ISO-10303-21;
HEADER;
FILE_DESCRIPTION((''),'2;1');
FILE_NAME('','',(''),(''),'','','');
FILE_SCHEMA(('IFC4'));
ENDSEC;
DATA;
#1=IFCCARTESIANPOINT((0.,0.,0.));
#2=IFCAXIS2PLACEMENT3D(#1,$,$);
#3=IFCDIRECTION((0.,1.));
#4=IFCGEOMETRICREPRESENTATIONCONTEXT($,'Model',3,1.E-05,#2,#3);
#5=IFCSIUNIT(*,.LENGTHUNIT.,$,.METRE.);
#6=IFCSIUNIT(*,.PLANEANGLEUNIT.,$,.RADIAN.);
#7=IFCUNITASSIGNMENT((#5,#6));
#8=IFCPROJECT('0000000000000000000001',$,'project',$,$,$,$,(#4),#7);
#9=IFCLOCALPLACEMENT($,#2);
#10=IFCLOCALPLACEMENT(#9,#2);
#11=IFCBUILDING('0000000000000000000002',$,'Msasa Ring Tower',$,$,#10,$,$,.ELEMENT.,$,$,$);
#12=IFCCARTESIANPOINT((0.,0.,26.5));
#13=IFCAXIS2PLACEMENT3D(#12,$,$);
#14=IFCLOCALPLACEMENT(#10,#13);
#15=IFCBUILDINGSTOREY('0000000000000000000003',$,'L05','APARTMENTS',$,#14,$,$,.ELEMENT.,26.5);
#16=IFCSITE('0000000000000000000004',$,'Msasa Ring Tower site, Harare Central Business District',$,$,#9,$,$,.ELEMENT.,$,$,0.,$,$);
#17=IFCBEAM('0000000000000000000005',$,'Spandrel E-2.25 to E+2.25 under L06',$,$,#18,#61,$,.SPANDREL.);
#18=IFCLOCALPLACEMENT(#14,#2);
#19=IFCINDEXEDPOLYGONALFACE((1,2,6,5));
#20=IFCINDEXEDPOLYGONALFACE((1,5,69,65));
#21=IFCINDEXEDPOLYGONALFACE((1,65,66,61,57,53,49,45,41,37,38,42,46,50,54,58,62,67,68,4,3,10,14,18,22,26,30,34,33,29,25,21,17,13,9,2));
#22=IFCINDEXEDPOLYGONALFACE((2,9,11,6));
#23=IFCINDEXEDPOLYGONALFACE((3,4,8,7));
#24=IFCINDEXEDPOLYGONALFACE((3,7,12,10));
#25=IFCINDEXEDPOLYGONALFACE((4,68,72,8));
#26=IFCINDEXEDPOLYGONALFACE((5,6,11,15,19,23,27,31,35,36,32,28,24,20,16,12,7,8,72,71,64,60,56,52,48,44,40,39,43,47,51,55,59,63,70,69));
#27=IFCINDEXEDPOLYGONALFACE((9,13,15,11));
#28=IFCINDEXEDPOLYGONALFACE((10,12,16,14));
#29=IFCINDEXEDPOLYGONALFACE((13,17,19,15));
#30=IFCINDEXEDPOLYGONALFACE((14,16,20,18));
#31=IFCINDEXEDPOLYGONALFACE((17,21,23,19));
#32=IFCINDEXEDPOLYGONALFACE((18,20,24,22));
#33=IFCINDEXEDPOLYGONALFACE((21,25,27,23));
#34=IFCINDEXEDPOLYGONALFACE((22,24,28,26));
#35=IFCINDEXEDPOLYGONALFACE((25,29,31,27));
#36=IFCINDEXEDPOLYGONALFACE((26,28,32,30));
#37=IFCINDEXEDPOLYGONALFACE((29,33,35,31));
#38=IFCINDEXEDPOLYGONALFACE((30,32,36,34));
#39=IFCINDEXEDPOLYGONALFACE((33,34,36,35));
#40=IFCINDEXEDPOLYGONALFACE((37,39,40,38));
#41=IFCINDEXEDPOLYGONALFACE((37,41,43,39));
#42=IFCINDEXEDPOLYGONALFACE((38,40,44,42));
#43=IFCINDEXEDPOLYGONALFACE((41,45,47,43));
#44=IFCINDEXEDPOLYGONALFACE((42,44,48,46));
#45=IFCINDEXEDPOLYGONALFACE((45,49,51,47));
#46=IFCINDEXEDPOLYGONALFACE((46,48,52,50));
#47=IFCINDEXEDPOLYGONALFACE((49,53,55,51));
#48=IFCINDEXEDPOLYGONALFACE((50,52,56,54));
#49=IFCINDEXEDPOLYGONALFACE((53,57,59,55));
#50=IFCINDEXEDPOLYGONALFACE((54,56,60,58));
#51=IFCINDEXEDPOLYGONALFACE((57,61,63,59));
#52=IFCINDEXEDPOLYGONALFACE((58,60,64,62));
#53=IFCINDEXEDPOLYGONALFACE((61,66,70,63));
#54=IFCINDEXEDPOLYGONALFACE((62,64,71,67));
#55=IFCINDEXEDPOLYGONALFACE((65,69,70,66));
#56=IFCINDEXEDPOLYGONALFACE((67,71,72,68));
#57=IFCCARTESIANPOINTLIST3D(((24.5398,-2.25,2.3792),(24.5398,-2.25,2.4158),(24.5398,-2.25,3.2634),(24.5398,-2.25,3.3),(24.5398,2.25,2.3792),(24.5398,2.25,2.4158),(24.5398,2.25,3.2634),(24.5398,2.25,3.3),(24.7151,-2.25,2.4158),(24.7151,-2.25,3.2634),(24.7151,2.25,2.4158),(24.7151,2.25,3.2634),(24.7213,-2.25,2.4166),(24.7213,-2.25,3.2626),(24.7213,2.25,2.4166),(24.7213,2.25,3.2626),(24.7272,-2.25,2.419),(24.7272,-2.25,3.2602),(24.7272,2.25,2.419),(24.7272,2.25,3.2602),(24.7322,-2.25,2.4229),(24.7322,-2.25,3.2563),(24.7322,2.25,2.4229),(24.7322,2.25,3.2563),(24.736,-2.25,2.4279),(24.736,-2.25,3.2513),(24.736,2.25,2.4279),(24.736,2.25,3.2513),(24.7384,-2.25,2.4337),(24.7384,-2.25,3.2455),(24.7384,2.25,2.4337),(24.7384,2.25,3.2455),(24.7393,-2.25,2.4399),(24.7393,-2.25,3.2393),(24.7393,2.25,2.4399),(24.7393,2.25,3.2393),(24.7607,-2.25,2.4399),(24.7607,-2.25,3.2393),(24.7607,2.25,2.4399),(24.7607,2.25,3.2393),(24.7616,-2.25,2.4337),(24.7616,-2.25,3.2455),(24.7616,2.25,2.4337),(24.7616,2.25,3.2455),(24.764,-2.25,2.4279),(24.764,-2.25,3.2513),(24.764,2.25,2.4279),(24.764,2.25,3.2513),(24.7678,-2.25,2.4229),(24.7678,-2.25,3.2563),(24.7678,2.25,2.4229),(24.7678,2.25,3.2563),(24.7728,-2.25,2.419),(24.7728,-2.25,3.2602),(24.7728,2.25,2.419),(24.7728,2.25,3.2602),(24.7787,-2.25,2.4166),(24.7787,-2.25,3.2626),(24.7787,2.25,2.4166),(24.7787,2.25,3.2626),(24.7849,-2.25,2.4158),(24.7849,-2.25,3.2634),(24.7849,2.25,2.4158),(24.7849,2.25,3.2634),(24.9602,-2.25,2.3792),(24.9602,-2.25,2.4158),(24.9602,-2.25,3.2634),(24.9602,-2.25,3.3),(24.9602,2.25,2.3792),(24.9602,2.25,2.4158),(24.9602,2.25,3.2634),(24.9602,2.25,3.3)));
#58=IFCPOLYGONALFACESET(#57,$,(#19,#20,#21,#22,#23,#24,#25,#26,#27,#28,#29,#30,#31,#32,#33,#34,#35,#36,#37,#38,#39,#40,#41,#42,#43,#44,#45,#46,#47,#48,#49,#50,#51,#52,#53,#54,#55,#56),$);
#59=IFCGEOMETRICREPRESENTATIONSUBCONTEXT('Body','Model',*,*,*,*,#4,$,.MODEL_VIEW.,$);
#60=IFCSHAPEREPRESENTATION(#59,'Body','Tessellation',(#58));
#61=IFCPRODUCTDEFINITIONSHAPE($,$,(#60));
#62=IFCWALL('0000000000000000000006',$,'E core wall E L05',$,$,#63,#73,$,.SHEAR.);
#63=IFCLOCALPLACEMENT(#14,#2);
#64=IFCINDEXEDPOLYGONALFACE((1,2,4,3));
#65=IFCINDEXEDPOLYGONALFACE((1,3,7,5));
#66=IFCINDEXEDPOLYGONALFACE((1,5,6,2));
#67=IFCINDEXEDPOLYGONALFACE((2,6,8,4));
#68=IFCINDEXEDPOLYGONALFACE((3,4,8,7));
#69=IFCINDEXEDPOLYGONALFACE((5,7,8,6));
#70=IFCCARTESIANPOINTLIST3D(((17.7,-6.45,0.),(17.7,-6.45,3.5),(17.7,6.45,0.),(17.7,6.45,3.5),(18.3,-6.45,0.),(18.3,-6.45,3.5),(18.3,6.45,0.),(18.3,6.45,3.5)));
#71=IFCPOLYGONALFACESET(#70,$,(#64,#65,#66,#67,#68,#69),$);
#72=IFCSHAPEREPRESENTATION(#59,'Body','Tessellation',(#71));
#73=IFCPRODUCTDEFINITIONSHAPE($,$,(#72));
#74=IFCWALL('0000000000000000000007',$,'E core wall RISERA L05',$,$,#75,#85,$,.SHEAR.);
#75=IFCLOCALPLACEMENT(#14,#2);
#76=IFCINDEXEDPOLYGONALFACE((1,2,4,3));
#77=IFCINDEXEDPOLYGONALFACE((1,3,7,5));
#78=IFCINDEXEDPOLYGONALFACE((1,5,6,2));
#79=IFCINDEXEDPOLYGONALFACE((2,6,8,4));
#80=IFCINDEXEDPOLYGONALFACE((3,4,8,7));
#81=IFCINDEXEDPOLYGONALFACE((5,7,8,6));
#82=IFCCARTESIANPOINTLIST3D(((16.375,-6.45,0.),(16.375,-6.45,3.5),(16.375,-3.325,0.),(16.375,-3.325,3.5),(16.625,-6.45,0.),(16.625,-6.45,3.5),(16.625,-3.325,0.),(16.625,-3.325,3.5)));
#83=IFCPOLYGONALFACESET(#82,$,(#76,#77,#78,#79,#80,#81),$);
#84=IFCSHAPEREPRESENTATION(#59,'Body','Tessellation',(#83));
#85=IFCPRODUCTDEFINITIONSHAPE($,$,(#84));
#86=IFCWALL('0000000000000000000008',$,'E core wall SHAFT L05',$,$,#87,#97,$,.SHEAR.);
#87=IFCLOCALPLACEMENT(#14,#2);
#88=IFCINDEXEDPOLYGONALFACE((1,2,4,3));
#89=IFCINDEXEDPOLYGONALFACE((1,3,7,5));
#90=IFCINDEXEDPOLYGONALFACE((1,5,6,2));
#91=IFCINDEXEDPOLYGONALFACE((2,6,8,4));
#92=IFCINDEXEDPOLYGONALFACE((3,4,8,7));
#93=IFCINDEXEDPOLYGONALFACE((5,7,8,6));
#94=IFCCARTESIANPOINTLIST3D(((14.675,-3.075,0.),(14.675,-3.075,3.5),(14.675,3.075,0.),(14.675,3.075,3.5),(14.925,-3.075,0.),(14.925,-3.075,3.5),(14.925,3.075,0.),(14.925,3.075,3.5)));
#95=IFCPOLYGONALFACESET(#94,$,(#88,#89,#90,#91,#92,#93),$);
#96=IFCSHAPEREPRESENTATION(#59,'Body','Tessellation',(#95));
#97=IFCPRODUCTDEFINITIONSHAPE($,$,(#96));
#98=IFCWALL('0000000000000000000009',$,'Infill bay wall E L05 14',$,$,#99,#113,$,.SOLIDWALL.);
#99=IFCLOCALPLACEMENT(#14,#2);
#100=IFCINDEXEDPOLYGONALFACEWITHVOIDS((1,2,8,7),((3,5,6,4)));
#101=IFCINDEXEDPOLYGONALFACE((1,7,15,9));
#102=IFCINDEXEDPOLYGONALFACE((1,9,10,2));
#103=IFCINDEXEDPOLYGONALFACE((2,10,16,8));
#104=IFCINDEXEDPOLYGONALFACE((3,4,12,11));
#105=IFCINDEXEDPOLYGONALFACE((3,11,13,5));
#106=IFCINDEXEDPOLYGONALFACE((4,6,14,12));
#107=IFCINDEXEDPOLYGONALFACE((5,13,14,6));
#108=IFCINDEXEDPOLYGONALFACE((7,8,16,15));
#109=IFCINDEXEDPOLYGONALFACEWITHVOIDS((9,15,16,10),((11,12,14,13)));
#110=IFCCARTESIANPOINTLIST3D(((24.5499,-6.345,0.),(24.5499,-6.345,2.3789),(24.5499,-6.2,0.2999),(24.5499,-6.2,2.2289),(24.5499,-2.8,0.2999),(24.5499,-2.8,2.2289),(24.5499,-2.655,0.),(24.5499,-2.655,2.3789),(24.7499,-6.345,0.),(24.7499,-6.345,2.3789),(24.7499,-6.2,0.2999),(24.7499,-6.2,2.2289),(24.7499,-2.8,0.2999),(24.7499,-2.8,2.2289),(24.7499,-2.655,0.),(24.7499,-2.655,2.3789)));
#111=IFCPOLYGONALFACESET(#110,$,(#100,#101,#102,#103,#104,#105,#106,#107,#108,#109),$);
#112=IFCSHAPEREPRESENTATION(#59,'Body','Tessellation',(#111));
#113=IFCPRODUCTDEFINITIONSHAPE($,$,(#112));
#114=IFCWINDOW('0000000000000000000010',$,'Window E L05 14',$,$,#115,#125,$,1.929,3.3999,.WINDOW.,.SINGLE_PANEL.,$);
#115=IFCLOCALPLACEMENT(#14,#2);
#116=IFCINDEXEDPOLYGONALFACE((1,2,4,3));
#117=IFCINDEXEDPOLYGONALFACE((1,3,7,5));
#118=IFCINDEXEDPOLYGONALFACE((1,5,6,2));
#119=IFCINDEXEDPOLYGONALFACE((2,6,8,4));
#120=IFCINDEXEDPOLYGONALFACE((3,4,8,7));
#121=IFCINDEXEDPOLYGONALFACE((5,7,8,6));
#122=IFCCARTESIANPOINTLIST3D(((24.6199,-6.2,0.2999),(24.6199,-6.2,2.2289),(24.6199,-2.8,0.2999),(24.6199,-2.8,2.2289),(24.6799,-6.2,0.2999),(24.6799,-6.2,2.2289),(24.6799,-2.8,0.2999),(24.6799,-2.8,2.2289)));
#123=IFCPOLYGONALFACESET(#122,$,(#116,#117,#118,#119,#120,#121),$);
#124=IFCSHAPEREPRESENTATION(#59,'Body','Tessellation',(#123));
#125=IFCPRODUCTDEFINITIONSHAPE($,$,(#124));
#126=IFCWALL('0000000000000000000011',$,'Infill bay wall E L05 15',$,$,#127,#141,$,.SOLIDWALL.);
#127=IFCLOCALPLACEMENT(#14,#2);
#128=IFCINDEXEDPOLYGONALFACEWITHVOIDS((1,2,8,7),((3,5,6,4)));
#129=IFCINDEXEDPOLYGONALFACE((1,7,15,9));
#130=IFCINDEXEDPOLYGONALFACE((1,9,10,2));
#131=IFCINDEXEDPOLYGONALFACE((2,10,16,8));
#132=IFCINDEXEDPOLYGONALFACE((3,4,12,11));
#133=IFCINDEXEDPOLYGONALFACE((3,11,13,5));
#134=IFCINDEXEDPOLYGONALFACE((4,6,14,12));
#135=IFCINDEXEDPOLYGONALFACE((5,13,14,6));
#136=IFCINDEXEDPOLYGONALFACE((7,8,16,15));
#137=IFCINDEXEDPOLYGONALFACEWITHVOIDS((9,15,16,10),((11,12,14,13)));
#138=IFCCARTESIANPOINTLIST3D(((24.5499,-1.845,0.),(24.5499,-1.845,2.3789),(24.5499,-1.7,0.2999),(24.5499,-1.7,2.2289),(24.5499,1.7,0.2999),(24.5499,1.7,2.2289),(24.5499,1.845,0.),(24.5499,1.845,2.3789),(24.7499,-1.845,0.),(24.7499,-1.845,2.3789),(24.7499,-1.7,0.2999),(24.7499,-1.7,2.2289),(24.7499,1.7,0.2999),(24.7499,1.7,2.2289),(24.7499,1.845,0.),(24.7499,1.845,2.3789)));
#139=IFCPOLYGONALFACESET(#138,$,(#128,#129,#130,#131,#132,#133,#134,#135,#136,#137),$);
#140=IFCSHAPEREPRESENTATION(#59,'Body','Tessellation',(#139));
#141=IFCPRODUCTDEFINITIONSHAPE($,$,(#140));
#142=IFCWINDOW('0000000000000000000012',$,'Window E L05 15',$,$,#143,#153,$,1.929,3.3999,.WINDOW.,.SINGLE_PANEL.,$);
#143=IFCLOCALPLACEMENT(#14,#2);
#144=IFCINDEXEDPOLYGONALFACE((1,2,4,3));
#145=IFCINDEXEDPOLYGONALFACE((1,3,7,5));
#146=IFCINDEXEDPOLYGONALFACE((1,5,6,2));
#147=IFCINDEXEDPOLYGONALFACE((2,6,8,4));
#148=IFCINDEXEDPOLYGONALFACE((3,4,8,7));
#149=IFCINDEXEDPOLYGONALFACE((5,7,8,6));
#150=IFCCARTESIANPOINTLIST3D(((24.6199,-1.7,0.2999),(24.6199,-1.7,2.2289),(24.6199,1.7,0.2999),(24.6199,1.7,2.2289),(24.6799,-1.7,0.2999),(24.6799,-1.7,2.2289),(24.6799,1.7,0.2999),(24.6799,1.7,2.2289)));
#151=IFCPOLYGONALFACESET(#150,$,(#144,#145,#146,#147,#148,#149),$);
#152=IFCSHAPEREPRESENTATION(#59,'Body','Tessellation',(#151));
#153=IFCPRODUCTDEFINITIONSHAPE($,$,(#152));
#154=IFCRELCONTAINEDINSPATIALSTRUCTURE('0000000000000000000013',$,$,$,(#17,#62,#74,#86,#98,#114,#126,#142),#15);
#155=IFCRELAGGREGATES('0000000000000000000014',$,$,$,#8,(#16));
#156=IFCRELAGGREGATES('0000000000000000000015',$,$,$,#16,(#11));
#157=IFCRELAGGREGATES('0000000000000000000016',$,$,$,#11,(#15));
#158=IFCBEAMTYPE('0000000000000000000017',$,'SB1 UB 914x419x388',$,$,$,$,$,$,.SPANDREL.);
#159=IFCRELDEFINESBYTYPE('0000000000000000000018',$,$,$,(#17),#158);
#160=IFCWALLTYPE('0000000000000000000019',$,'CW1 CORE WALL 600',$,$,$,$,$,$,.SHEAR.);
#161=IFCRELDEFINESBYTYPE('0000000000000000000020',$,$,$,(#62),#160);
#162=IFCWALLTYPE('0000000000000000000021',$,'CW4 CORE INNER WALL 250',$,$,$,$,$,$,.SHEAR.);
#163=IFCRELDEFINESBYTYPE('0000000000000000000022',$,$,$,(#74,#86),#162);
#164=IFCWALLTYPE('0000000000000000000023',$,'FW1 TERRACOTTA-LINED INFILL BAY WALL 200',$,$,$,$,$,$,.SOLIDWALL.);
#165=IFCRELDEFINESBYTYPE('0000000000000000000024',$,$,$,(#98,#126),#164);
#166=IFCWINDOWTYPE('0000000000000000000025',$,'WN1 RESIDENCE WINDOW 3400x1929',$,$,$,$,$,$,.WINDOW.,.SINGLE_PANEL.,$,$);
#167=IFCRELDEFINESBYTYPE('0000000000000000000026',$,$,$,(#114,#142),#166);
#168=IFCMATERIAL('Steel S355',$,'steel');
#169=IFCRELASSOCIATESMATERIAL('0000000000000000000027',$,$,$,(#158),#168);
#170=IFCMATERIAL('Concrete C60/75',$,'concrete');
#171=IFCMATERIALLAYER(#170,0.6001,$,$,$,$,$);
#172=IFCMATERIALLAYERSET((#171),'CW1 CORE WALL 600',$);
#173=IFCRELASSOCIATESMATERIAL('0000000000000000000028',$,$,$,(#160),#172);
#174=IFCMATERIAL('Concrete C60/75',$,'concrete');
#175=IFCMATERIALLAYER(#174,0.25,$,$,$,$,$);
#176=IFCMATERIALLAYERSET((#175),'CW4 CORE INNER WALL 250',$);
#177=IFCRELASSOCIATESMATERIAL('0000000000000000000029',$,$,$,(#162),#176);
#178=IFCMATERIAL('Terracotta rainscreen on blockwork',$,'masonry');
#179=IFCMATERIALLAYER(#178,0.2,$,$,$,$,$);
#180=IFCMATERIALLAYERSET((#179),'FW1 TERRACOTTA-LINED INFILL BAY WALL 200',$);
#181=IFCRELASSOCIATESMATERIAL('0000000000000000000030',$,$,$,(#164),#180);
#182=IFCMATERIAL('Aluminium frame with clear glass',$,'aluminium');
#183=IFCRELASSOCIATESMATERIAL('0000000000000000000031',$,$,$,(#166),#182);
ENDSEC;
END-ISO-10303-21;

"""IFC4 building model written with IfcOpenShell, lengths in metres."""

from ifc_helpers import new_model, si_unit, direction, frame, frame_2d, origin, origin_2d, place, context, subcontext, project, spatial, rectangle, i_section, extrude, material, layer, layer_set, material_profile, profile_set, type_object, element, fill, save


model = new_model("IFC4")

# Units and contexts
model_context = context("Model", 3, precision=1e-05, world=origin(), true_north=direction((0.0, 1.0)))
body_context = subcontext(model_context, "Body", "Model", "MODEL_VIEW")
ifc_project = project(units=[si_unit("LENGTHUNIT", "METRE"), si_unit("PLANEANGLEUNIT", "RADIAN")], contexts=[model_context])

# Site, building, storey
site_placement = place(None, origin())
site = spatial("IfcSite", under=ifc_project, at=site_placement, Name="Msasa Ring Tower site, Harare Central Business District", CompositionType="ELEMENT", RefElevation=0.0)
building_placement = place(site_placement, origin())
building = spatial("IfcBuilding", under=site, at=building_placement, Name="Msasa Ring Tower", CompositionType="ELEMENT")
storey_placement = place(building_placement, frame((0.0, 0.0, 26.5)))
storey = spatial("IfcBuildingStorey", under=building, at=storey_placement, Name="L05", Description="APARTMENTS", CompositionType="ELEMENT", Elevation=26.5)

# Beam
ifc_material_1 = material(Name="Steel S355", Category="steel")
ifc_material_profile_1 = material_profile(ifc_material_1, i_section(OverallWidth=0.4204, OverallDepth=0.9209, WebThickness=0.0215, FlangeThickness=0.0366, FilletRadius=0.0242, at=origin_2d()), Name="UB 914x419x388")
ifc_profile_set_1 = profile_set([ifc_material_profile_1], Name="Steel S355")
beam_type_1 = type_object("IfcBeamType", Name="SB1 UB 914x419x388", PredefinedType="SPANDREL", material=ifc_profile_set_1)
for number, where, z_axis, x_axis, name in (
    (1, (24.75, -2.25, 2.8396), (0.0, 1.0, 0.0), (-1.0, 0.0, 0.0), "Spandrel E-2.25 to E+2.25 under L06"),
):
    element("IfcBeam", number, at=place(storey_placement, frame(where, z_axis=z_axis, x_axis=x_axis)), inside=storey, type_object=beam_type_1, Name=name, PredefinedType="SPANDREL", context=body_context, shape_type="SweptSolid", body=[
        extrude(i_section(OverallWidth=0.4204, OverallDepth=0.9209, WebThickness=0.0215, FlangeThickness=0.0366, FilletRadius=0.0242, at=origin_2d()), origin(), (0.0, 0.0, 1.0), 4.5),
    ])

# Walls
ifc_material_2 = material(Name="Concrete C60/75", Category="concrete")
ifc_layer_1 = layer(ifc_material_2, 0.6001)
ifc_layer_set_1 = layer_set([ifc_layer_1], Name="CW1 CORE WALL 600")
wall_type_1 = type_object("IfcWallType", Name="CW1 CORE WALL 600", PredefinedType="SHEAR", material=ifc_layer_set_1)
wall_1_placement = place(storey_placement, frame((18.0, -6.45, 0.0), z_axis=(0.0, 0.0, 1.0), x_axis=(0.0, 1.0, 0.0)))
element("IfcWall", 2, at=wall_1_placement, inside=storey, type_object=wall_type_1, Name="E core wall E L05", PredefinedType="SHEAR", context=body_context, shape_type="SweptSolid", body=[
    extrude(rectangle(XDim=12.8999, YDim=0.6001, at=frame_2d((6.45, 0.0))), origin(), (0.0, 0.0, 1.0), 3.5),
])
ifc_material_3 = material(Name="Concrete C60/75", Category="concrete")
ifc_layer_2 = layer(ifc_material_3, 0.25)
ifc_layer_set_2 = layer_set([ifc_layer_2], Name="CW4 CORE INNER WALL 250")
wall_type_2 = type_object("IfcWallType", Name="CW4 CORE INNER WALL 250", PredefinedType="SHEAR", material=ifc_layer_set_2)
wall_2_placement = place(storey_placement, frame((16.5, -6.45, 0.0), z_axis=(0.0, 0.0, 1.0), x_axis=(0.0, 1.0, 0.0)))
element("IfcWall", 3, at=wall_2_placement, inside=storey, type_object=wall_type_2, Name="E core wall RISERA L05", PredefinedType="SHEAR", context=body_context, shape_type="SweptSolid", body=[
    extrude(rectangle(XDim=3.125, YDim=0.25, at=frame_2d((1.5625, 0.0))), origin(), (0.0, 0.0, 1.0), 3.5),
])
wall_3_placement = place(storey_placement, frame((14.8, -3.075, 0.0), z_axis=(0.0, 0.0, 1.0), x_axis=(0.0, 1.0, 0.0)))
element("IfcWall", 4, at=wall_3_placement, inside=storey, type_object=wall_type_2, Name="E core wall SHAFT L05", PredefinedType="SHEAR", context=body_context, shape_type="SweptSolid", body=[
    extrude(rectangle(XDim=6.1499, YDim=0.25, at=frame_2d((3.075, 0.0))), origin(), (0.0, 0.0, 1.0), 3.5),
])

# Walls, openings, windows
ifc_material_4 = material(Name="Terracotta rainscreen on blockwork", Category="masonry")
ifc_layer_3 = layer(ifc_material_4, 0.2)
ifc_layer_set_3 = layer_set([ifc_layer_3], Name="FW1 TERRACOTTA-LINED INFILL BAY WALL 200")
wall_type_3 = type_object("IfcWallType", Name="FW1 TERRACOTTA-LINED INFILL BAY WALL 200", PredefinedType="SOLIDWALL", material=ifc_layer_set_3)
wall_4_placement = place(storey_placement, frame((24.6499, -6.345, 0.0), z_axis=(0.0, 0.0, 1.0), x_axis=(0.0, 1.0, 0.0)))
wall_4 = element("IfcWall", 5, at=wall_4_placement, inside=storey, type_object=wall_type_3, Name="Infill bay wall E L05 14", PredefinedType="SOLIDWALL", context=body_context, shape_type="SweptSolid", body=[
    extrude(rectangle(XDim=3.6899, YDim=0.2, at=frame_2d((1.845, 0.0))), origin(), (0.0, 0.0, 1.0), 2.3789),
])
opening_1_placement = place(wall_4_placement, frame((0.145, 0.0, 0.3)))
opening_1 = element("IfcOpeningElement", 6, at=opening_1_placement, cuts=wall_4, PredefinedType="OPENING", context=body_context, shape_type="SweptSolid", body=[
    extrude(rectangle(XDim=3.3999, YDim=1.929, at=frame_2d((1.7, 0.9644))), frame((0.0, 0.1099, 0.0), z_axis=(0.0, -1.0, 0.0), x_axis=(1.0, 0.0, 0.0)), (0.0, 0.0, 1.0), 0.22),
])
ifc_material_5 = material(Name="Aluminium frame with clear glass", Category="aluminium")
window_type = type_object("IfcWindowType", Name="WN1 RESIDENCE WINDOW 3400x1929", PartitioningType="SINGLE_PANEL", PredefinedType="WINDOW", material=ifc_material_5)
window_1_placement = place(opening_1_placement, origin())
window_1 = element("IfcWindow", 7, at=window_1_placement, inside=storey, type_object=window_type, Name="Window E L05 14", OverallHeight=1.929, OverallWidth=3.3999, PartitioningType="SINGLE_PANEL", PredefinedType="WINDOW", context=body_context, shape_type="SweptSolid", body=[
    extrude(rectangle(XDim=3.3999, YDim=1.929, at=frame_2d((1.7, 0.9644))), frame((0.0, 0.03, 0.0), z_axis=(0.0, -1.0, 0.0), x_axis=(1.0, 0.0, 0.0)), (0.0, 0.0, 1.0), 0.0601),
])
fill(opening_1, window_1)
wall_5_placement = place(storey_placement, frame((24.6499, -1.845, 0.0), z_axis=(0.0, 0.0, 1.0), x_axis=(0.0, 1.0, 0.0)))
wall_5 = element("IfcWall", 8, at=wall_5_placement, inside=storey, type_object=wall_type_3, Name="Infill bay wall E L05 15", PredefinedType="SOLIDWALL", context=body_context, shape_type="SweptSolid", body=[
    extrude(rectangle(XDim=3.6899, YDim=0.2, at=frame_2d((1.845, 0.0))), origin(), (0.0, 0.0, 1.0), 2.3789),
])
opening_2_placement = place(wall_5_placement, frame((0.145, 0.0, 0.3)))
opening_2 = element("IfcOpeningElement", 9, at=opening_2_placement, cuts=wall_5, PredefinedType="OPENING", context=body_context, shape_type="SweptSolid", body=[
    extrude(rectangle(XDim=3.3999, YDim=1.929, at=frame_2d((1.7, 0.9644))), frame((0.0, 0.1099, 0.0), z_axis=(0.0, -1.0, 0.0), x_axis=(1.0, 0.0, 0.0)), (0.0, 0.0, 1.0), 0.22),
])
window_2_placement = place(opening_2_placement, origin())
window_2 = element("IfcWindow", 10, at=window_2_placement, inside=storey, type_object=window_type, Name="Window E L05 15", OverallHeight=1.929, OverallWidth=3.3999, PartitioningType="SINGLE_PANEL", PredefinedType="WINDOW", context=body_context, shape_type="SweptSolid", body=[
    extrude(rectangle(XDim=3.3999, YDim=1.929, at=frame_2d((1.7, 0.9644))), frame((0.0, 0.03, 0.0), z_axis=(0.0, -1.0, 0.0), x_axis=(1.0, 0.0, 0.0)), (0.0, 0.0, 1.0), 0.0601),
])
fill(opening_2, window_2)

save(model, "model.ifc")
